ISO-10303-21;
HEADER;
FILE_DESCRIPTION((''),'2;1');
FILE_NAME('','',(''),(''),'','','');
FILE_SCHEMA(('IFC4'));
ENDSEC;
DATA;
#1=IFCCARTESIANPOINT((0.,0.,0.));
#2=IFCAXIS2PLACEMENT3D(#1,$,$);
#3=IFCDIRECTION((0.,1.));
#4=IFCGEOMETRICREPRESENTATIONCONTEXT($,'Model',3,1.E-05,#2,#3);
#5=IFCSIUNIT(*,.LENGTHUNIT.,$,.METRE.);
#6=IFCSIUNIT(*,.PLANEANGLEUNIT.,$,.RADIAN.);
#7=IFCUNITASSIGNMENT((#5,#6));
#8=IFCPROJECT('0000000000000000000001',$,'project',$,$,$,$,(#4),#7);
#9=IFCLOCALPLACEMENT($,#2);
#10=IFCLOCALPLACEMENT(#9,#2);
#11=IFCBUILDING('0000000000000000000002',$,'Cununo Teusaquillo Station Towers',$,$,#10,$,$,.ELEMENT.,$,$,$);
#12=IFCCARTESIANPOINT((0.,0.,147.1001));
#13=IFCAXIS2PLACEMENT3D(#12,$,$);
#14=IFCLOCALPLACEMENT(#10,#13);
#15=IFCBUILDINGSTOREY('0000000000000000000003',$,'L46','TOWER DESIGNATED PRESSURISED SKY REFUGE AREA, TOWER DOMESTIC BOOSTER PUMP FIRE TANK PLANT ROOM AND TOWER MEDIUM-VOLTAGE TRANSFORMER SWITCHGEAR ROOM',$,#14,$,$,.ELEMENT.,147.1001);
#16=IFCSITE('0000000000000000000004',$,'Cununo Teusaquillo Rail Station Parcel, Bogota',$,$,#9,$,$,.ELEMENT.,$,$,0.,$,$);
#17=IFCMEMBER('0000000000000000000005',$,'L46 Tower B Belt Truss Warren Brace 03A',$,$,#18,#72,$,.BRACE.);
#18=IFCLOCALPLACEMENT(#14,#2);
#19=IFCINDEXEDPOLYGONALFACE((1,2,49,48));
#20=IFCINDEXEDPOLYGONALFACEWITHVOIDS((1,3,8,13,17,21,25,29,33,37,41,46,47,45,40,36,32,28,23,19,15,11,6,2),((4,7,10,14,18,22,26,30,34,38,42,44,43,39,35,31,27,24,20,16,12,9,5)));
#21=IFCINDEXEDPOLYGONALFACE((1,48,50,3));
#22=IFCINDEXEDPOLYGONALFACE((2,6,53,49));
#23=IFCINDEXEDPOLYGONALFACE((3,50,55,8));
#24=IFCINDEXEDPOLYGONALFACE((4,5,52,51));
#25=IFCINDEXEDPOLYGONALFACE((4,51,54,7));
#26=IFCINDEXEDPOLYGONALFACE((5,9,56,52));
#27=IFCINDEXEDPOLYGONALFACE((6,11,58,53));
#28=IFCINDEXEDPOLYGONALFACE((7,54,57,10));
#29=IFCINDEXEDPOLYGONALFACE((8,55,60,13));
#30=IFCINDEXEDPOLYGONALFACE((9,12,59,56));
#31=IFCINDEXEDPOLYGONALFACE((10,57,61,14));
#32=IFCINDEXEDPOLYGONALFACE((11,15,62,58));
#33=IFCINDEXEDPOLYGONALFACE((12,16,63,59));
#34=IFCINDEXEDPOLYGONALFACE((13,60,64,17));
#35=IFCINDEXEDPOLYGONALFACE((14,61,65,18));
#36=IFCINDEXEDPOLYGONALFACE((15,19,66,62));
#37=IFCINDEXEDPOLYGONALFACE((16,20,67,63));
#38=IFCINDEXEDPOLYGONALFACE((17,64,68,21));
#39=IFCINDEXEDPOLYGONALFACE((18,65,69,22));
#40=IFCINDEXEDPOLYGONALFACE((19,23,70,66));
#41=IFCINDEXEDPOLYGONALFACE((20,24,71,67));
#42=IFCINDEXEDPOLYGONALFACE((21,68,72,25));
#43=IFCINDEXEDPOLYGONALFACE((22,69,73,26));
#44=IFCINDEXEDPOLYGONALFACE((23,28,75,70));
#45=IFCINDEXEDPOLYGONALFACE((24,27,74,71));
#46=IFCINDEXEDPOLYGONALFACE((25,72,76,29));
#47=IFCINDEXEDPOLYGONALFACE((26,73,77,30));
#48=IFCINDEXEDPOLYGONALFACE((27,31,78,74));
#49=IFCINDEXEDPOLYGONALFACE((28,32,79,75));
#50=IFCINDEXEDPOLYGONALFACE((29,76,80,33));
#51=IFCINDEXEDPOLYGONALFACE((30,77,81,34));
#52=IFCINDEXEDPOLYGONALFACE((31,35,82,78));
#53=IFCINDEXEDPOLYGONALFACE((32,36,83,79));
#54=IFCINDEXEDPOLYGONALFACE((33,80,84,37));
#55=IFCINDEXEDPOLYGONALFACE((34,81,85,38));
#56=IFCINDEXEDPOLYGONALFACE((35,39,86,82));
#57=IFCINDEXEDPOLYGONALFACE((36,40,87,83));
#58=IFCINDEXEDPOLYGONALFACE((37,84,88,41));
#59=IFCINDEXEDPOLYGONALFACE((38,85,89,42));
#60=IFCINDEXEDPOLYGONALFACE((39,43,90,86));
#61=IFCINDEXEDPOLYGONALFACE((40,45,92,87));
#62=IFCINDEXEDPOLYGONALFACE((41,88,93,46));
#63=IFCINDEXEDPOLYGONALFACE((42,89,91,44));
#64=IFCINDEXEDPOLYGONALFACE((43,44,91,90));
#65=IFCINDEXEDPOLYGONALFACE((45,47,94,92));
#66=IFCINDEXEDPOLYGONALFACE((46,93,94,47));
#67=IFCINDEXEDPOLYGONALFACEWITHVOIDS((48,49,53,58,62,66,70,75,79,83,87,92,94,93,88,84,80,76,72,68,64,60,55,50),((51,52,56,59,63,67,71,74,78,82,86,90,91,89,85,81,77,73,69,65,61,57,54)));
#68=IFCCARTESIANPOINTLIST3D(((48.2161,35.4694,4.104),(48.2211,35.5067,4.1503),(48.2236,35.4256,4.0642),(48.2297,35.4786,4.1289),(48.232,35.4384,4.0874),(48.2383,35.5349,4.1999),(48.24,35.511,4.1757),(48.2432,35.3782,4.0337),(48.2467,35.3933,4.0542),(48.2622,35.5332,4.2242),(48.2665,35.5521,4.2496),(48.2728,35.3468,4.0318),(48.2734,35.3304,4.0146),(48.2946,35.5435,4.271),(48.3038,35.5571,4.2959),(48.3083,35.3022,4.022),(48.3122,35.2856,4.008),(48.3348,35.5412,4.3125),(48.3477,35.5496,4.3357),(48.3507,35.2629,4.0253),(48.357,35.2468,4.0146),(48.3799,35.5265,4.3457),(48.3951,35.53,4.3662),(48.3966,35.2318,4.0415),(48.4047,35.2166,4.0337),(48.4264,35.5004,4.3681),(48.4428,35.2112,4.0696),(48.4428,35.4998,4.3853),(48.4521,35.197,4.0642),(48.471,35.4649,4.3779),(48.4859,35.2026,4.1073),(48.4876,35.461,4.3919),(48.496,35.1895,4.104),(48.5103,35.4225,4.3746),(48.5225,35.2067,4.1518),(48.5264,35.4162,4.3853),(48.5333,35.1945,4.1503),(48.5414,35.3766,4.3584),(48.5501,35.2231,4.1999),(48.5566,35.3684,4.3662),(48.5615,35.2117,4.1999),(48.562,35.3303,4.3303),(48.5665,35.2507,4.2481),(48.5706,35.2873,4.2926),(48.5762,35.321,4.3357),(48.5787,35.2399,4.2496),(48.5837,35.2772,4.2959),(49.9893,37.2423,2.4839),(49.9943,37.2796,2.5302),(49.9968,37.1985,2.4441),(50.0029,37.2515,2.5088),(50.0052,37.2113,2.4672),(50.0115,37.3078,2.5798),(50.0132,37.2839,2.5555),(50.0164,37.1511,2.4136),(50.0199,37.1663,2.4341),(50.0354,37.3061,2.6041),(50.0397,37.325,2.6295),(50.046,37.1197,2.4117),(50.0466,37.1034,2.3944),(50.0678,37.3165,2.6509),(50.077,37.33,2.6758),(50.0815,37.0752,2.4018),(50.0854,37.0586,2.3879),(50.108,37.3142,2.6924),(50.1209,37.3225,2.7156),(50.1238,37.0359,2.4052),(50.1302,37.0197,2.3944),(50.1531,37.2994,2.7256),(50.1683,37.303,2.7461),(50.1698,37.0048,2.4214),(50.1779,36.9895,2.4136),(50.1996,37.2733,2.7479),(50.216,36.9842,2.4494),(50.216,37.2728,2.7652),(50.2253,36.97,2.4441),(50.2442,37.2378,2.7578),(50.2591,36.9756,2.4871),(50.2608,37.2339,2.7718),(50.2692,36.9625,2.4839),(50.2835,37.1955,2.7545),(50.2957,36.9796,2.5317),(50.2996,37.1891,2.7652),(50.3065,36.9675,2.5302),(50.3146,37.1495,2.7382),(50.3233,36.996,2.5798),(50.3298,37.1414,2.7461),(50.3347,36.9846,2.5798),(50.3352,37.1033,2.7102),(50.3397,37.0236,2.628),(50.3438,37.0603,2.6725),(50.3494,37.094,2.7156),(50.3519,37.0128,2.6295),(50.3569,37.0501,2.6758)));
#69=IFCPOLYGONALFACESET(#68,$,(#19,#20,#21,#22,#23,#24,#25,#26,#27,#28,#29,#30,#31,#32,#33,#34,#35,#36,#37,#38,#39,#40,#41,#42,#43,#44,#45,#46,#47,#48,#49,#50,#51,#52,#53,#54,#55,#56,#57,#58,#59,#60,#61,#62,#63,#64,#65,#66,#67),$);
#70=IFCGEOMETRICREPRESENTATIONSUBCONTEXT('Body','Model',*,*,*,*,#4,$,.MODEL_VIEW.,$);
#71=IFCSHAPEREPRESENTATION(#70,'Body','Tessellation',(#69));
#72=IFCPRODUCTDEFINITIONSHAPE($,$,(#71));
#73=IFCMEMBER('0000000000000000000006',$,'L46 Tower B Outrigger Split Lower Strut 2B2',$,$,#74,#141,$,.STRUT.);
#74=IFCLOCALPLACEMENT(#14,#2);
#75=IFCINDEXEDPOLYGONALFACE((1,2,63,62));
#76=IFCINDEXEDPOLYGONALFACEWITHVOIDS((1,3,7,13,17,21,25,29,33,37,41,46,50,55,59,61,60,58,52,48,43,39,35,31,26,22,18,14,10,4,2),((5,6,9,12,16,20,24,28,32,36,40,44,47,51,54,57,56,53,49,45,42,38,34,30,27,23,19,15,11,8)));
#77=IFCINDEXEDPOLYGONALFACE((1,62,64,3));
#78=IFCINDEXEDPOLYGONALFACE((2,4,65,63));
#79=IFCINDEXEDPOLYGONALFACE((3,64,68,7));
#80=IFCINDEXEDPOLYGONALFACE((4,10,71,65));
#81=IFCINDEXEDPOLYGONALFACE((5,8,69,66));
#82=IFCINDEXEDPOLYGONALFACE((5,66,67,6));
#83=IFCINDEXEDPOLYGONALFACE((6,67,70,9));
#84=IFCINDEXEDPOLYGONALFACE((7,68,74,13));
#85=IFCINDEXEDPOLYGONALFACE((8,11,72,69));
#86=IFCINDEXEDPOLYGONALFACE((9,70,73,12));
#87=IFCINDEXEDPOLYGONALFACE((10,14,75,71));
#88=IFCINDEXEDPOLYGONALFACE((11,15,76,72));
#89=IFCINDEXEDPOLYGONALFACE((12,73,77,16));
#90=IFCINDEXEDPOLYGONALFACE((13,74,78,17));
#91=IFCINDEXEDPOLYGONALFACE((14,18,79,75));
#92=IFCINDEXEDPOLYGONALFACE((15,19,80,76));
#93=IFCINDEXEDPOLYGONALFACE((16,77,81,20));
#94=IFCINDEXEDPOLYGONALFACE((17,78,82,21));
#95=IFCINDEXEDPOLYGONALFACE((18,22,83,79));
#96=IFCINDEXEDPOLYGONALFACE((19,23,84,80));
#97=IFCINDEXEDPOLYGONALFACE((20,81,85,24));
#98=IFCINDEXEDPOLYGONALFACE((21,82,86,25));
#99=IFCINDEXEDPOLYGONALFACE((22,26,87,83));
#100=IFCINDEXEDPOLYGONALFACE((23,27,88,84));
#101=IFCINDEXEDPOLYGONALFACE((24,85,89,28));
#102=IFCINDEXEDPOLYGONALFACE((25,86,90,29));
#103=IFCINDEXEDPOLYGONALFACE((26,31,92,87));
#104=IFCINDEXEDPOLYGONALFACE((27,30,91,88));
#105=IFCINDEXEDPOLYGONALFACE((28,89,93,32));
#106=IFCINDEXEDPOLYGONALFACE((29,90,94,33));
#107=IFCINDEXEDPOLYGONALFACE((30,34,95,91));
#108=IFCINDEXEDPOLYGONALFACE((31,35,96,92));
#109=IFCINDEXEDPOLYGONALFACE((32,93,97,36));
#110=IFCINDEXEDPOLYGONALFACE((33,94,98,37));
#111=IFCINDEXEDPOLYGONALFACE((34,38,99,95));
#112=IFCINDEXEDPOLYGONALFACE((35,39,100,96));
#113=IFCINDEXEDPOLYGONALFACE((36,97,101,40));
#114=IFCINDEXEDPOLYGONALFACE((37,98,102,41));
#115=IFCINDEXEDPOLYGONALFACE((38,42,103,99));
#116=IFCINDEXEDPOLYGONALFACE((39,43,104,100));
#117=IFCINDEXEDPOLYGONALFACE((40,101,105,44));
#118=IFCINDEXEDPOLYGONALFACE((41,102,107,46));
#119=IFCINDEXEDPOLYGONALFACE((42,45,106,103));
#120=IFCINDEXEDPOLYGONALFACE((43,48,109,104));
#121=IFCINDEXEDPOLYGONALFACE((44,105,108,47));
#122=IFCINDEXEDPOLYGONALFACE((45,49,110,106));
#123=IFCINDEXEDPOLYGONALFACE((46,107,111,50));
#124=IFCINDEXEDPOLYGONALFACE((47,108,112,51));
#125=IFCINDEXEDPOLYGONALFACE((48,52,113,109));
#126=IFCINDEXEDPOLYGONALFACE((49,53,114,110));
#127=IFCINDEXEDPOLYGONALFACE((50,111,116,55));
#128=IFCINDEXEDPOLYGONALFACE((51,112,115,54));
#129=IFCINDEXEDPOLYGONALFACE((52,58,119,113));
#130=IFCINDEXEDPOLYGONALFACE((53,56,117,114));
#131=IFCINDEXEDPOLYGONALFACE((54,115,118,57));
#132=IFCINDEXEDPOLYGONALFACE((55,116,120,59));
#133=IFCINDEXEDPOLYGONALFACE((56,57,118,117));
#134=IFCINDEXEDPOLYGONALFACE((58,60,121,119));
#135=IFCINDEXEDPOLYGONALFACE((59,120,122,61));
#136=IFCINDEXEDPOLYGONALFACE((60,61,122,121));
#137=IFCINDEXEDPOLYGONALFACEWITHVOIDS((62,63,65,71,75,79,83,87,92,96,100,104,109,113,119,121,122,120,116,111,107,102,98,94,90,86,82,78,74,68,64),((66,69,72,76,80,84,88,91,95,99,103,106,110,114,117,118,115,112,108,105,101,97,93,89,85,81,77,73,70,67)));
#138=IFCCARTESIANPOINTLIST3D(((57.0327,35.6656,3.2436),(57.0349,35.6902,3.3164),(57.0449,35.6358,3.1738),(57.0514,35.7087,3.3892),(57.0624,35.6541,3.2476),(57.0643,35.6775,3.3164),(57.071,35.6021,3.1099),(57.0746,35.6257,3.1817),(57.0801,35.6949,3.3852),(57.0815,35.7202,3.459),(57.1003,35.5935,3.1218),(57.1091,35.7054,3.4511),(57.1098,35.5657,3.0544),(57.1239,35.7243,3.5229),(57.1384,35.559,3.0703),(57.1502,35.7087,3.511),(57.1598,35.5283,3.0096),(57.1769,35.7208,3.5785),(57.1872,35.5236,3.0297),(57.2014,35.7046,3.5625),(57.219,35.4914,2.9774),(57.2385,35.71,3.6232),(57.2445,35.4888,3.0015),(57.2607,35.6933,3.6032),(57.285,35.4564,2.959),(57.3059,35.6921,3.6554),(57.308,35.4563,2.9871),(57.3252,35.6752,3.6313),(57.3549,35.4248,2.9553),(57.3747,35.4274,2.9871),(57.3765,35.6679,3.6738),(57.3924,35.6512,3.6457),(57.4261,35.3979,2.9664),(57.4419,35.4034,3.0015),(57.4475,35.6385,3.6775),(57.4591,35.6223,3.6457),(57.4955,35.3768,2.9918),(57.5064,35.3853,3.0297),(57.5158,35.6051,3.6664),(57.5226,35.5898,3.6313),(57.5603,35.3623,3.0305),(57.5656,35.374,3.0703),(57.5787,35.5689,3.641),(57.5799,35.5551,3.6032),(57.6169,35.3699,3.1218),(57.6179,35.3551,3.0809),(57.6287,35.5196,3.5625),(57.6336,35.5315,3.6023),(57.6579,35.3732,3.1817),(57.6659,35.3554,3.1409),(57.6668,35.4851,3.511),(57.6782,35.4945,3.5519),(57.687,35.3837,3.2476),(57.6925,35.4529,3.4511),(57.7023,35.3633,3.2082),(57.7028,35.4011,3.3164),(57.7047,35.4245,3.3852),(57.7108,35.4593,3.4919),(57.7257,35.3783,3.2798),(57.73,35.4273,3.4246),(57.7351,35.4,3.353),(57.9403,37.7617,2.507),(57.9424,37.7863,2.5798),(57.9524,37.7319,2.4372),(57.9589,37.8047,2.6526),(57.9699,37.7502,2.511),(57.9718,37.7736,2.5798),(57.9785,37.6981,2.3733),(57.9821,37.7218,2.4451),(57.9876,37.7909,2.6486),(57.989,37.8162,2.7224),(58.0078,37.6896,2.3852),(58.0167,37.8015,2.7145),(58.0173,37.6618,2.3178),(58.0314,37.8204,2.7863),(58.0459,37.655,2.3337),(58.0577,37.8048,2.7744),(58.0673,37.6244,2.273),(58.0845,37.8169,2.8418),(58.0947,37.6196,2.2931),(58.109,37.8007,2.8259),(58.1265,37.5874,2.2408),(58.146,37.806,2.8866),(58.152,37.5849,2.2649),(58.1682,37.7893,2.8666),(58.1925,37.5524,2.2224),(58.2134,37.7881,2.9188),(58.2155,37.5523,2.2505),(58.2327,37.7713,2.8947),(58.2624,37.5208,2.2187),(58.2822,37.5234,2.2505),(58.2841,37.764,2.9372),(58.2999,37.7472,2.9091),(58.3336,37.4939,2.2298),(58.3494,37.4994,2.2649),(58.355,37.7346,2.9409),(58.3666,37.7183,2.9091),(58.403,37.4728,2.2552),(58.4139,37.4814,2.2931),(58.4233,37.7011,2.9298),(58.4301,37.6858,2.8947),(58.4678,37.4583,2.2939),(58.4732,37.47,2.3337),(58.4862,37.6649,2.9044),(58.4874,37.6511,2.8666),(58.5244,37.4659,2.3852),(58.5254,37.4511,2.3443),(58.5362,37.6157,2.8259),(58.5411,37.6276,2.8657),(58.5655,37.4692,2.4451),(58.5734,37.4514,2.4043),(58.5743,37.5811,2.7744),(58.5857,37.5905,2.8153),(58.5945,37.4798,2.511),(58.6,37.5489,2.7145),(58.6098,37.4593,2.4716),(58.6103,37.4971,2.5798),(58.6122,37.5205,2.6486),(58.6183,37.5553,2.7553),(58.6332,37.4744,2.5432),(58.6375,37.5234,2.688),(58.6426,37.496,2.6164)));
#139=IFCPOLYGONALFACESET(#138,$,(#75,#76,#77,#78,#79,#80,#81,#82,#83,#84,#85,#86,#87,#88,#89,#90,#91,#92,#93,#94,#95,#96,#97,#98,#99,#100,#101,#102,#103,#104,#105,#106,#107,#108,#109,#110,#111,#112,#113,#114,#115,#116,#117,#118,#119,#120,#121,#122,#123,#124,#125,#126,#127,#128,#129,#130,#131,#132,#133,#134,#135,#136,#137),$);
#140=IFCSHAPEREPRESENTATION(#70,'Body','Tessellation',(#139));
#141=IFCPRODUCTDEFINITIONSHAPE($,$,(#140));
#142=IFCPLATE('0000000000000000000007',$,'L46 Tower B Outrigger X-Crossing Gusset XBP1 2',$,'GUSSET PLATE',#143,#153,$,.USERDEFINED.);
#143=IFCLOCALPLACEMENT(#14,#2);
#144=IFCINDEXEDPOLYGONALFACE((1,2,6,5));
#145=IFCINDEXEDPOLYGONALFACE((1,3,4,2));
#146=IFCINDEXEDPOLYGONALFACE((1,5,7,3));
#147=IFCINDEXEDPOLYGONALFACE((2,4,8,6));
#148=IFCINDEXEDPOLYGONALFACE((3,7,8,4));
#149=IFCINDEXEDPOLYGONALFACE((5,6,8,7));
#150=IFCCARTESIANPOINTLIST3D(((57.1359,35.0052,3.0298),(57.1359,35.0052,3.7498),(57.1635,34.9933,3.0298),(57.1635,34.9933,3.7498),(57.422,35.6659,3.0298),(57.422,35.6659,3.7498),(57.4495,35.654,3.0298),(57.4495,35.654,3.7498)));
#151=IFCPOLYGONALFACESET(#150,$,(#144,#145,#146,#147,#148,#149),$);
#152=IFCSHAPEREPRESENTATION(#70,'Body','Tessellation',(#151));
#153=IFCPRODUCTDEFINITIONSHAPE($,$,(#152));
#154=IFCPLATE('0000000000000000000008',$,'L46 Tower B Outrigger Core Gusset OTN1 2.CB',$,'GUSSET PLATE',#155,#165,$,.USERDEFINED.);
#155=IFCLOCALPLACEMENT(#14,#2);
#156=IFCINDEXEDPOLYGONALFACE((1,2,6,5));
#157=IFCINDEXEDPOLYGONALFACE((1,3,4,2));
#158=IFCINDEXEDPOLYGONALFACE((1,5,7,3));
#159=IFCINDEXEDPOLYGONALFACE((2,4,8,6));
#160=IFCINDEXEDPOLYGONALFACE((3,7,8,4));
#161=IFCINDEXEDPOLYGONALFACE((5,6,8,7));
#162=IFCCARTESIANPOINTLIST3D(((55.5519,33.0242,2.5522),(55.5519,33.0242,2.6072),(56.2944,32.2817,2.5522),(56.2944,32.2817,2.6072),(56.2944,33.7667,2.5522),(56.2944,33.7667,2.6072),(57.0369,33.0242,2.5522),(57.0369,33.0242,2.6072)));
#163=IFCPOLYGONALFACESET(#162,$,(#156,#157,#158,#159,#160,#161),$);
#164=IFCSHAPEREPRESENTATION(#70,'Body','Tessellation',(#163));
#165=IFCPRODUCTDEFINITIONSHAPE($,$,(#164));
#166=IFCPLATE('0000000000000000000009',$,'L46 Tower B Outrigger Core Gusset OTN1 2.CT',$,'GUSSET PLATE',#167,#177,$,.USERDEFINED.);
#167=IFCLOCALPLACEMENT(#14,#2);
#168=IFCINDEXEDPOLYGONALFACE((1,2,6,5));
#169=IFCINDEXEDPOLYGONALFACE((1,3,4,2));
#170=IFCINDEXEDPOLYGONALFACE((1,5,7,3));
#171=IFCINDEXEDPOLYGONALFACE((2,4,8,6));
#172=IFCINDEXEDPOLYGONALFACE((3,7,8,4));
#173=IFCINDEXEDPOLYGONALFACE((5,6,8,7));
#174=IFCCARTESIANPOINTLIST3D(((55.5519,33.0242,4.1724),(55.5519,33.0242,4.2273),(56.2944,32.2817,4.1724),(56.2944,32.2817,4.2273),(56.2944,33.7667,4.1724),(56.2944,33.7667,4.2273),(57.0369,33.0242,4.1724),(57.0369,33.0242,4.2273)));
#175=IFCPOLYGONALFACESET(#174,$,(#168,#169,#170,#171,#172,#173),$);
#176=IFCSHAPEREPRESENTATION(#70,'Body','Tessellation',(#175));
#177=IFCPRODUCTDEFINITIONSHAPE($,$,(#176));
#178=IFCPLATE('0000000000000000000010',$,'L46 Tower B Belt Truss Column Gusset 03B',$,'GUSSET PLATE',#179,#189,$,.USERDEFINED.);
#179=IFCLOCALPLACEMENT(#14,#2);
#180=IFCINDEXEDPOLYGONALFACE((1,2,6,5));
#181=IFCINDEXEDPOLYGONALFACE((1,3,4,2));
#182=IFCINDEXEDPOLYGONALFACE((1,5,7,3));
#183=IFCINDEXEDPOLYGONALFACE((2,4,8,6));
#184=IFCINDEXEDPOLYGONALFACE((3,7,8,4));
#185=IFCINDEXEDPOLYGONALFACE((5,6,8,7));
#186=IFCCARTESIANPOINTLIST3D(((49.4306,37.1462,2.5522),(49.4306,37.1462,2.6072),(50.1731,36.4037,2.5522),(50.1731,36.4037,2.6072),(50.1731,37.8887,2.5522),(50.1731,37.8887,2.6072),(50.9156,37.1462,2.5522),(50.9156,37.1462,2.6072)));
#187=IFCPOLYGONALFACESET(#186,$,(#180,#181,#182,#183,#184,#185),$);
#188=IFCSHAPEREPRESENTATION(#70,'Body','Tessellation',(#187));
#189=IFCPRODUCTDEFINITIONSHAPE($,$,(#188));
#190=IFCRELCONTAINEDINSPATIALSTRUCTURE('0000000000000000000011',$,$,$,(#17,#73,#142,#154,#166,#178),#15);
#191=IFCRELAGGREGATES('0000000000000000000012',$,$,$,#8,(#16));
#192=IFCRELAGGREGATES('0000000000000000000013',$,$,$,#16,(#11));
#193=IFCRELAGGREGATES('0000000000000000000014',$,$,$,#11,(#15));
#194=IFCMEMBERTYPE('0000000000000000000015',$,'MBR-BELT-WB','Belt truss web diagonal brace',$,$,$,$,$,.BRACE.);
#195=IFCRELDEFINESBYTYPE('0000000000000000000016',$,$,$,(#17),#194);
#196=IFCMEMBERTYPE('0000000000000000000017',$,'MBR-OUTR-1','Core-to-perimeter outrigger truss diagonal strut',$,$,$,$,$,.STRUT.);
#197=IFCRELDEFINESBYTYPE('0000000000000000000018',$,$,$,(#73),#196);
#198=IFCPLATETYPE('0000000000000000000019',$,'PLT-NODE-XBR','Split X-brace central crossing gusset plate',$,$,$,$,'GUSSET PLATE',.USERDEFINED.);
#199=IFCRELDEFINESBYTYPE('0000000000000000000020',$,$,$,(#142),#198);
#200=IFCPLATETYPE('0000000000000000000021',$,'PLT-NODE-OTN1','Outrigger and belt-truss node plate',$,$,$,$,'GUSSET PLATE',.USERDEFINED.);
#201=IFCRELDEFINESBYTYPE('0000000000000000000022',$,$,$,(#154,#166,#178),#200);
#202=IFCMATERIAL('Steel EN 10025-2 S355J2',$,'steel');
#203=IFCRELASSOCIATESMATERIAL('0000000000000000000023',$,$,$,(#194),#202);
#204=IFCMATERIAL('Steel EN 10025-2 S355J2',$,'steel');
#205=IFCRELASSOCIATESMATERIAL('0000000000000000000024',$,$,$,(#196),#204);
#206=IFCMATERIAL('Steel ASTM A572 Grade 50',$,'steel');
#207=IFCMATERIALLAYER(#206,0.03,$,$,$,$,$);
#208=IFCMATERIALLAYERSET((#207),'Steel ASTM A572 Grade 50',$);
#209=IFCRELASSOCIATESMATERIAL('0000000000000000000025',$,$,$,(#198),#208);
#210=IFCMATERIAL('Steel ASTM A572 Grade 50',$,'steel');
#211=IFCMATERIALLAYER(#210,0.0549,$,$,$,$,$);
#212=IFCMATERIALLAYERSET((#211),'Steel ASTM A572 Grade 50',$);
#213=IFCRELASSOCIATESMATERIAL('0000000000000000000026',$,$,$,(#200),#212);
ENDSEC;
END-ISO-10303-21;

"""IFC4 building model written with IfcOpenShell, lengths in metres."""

from ifc_helpers import new_model, si_unit, direction, frame, origin, origin_2d, place, context, subcontext, project, spatial, rectangle, hollow_circle, extrude, source, transform, mapped, material, layer, layer_set, material_profile, profile_set, type_object, element, save


model = new_model("IFC4")

# Units and contexts
model_context = context("Model", 3, precision=1e-05, world=origin(), true_north=direction((0.0, 1.0)))
body_context = subcontext(model_context, "Body", "Model", "MODEL_VIEW")
ifc_project = project(units=[si_unit("LENGTHUNIT", "METRE"), si_unit("PLANEANGLEUNIT", "RADIAN")], contexts=[model_context])

# Site, building, storey
site_placement = place(None, origin())
site = spatial("IfcSite", under=ifc_project, at=site_placement, Name="Cununo Teusaquillo Rail Station Parcel, Bogota", CompositionType="ELEMENT", RefElevation=0.0)
building_placement = place(site_placement, origin())
building = spatial("IfcBuilding", under=site, at=building_placement, Name="Cununo Teusaquillo Station Towers", CompositionType="ELEMENT")
storey_placement = place(building_placement, frame((0.0, 0.0, 147.1001)))
storey = spatial("IfcBuildingStorey", under=building, at=storey_placement, Name="L46", Description="TOWER DESIGNATED PRESSURISED SKY REFUGE AREA, TOWER DOMESTIC BOOSTER PUMP FIRE TANK PLANT ROOM AND TOWER MEDIUM-VOLTAGE TRANSFORMER SWITCHGEAR ROOM", CompositionType="ELEMENT", Elevation=147.1001)

# Members
ifc_material_1 = material(Name="Steel EN 10025-2 S355J2", Category="steel")
ifc_material_profile_1 = material_profile(ifc_material_1, hollow_circle(Radius=0.2285, WallThickness=0.0161, at=origin_2d()), Name="CHS 457x16")
ifc_profile_set_1 = profile_set([ifc_material_profile_1], Name="Steel EN 10025-2 S355J2")
member_type_1 = type_object("IfcMemberType", Name="MBR-BELT-WB", Description="Belt truss web diagonal brace", PredefinedType="BRACE", material=ifc_profile_set_1)
member_1_placement = place(storey_placement, frame((50.1731, 37.1462, 2.5798), z_axis=(-0.593964, -0.593882, 0.542688), x_axis=(0.707058, -0.707155, 0.0)))
element("IfcMember", 1, at=member_1_placement, inside=storey, type_object=member_type_1, Name="L46 Tower B Belt Truss Warren Brace 03A", PredefinedType="BRACE", context=body_context, shape_type="SweptSolid", body=[
    extrude(hollow_circle(Radius=0.2285, WallThickness=0.0161, at=origin_2d()), origin(), (0.0, 0.0, 1.0), 2.9854),
])
ifc_material_2 = material(Name="Steel EN 10025-2 S355J2", Category="steel")
ifc_material_profile_2 = material_profile(ifc_material_2, hollow_circle(Radius=0.3799, WallThickness=0.032, at=origin_2d()), Name="CHS 760x32")
ifc_profile_set_2 = profile_set([ifc_material_profile_2], Name="Steel EN 10025-2 S355J2")
member_type_2 = type_object("IfcMemberType", Name="MBR-OUTR-1", Description="Core-to-perimeter outrigger truss diagonal strut", PredefinedType="STRUT", material=ifc_profile_set_2)
member_2_placement = place(storey_placement, frame((57.3835, 35.5393, 3.3164), z_axis=(0.378144, 0.873384, -0.306931), x_axis=(-0.917679, 0.397322, 0.0)))
element("IfcMember", 2, at=member_2_placement, inside=storey, type_object=member_type_2, Name="L46 Tower B Outrigger Split Lower Strut 2B2", PredefinedType="STRUT", context=body_context, shape_type="SweptSolid", body=[
    extrude(hollow_circle(Radius=0.3799, WallThickness=0.032, at=origin_2d()), origin(), (0.0, 0.0, 1.0), 2.3999),
])

# Plates
ifc_material_3 = material(Name="Steel ASTM A572 Grade 50", Category="steel")
ifc_layer_1 = layer(ifc_material_3, 0.03)
ifc_layer_set_1 = layer_set([ifc_layer_1], Name="Steel ASTM A572 Grade 50")
plate_type_1 = type_object("IfcPlateType", Name="PLT-NODE-XBR", Description="Split X-brace central crossing gusset plate", ElementType="GUSSET PLATE", PredefinedType="USERDEFINED", material=ifc_layer_set_1)
shared_shape_1 = source(origin(), body_context, "Body", "SweptSolid", [
    extrude(rectangle(XDim=0.72, YDim=0.03, at=origin_2d()), origin(), (0.0, 0.0, 1.0), 0.72),
])
plate_placement = place(storey_placement, frame((57.2927, 35.3296, 3.0298), z_axis=(0.0, 0.0, 1.0), x_axis=(0.397308, 0.917685, 0.0)))
element("IfcPlate", 3, at=plate_placement, inside=storey, type_object=plate_type_1, Name="L46 Tower B Outrigger X-Crossing Gusset XBP1 2", ObjectType="GUSSET PLATE", PredefinedType="USERDEFINED", context=body_context, shape_type="MappedRepresentation", body=[
    mapped(shared_shape_1, transform((0.0, 0.0, 0.0), x_axis=(1.0, 0.0, 0.0), y_axis=(0.0, 1.0, 0.0), z_axis=(0.0, 0.0, 1.0), scale=1.0)),
])
ifc_material_4 = material(Name="Steel ASTM A572 Grade 50", Category="steel")
ifc_layer_2 = layer(ifc_material_4, 0.0549)
ifc_layer_set_2 = layer_set([ifc_layer_2], Name="Steel ASTM A572 Grade 50")
plate_type_2 = type_object("IfcPlateType", Name="PLT-NODE-OTN1", Description="Outrigger and belt-truss node plate", ElementType="GUSSET PLATE", PredefinedType="USERDEFINED", material=ifc_layer_set_2)
shared_shape_2 = source(origin(), body_context, "Body", "SweptSolid", [
    extrude(rectangle(XDim=1.05, YDim=1.05, at=origin_2d()), origin(), (0.0, 0.0, 1.0), 0.0549),
])
for number, where, z_axis, x_axis, name in (
    (4, (56.2944, 33.0242, 2.5522), (0.0, 0.0, 1.0), (0.707107, 0.707107, 0.0), "L46 Tower B Outrigger Core Gusset OTN1 2.CB"),
    (5, (56.2944, 33.0242, 4.1724), (0.0, 0.0, 1.0), (0.707107, 0.707107, 0.0), "L46 Tower B Outrigger Core Gusset OTN1 2.CT"),
    (6, (50.1731, 37.1462, 2.5522), (0.0, 0.0, 1.0), (0.707107, 0.707107, 0.0), "L46 Tower B Belt Truss Column Gusset 03B"),
):
    element("IfcPlate", number, at=place(storey_placement, frame(where, z_axis=z_axis, x_axis=x_axis)), inside=storey, type_object=plate_type_2, Name=name, ObjectType="GUSSET PLATE", PredefinedType="USERDEFINED", context=body_context, shape_type="MappedRepresentation", body=[
        mapped(shared_shape_2, transform((0.0, 0.0, 0.0), x_axis=(1.0, 0.0, 0.0), y_axis=(0.0, 1.0, 0.0), z_axis=(0.0, 0.0, 1.0), scale=1.0)),
    ])

save(model, "model.ifc")
